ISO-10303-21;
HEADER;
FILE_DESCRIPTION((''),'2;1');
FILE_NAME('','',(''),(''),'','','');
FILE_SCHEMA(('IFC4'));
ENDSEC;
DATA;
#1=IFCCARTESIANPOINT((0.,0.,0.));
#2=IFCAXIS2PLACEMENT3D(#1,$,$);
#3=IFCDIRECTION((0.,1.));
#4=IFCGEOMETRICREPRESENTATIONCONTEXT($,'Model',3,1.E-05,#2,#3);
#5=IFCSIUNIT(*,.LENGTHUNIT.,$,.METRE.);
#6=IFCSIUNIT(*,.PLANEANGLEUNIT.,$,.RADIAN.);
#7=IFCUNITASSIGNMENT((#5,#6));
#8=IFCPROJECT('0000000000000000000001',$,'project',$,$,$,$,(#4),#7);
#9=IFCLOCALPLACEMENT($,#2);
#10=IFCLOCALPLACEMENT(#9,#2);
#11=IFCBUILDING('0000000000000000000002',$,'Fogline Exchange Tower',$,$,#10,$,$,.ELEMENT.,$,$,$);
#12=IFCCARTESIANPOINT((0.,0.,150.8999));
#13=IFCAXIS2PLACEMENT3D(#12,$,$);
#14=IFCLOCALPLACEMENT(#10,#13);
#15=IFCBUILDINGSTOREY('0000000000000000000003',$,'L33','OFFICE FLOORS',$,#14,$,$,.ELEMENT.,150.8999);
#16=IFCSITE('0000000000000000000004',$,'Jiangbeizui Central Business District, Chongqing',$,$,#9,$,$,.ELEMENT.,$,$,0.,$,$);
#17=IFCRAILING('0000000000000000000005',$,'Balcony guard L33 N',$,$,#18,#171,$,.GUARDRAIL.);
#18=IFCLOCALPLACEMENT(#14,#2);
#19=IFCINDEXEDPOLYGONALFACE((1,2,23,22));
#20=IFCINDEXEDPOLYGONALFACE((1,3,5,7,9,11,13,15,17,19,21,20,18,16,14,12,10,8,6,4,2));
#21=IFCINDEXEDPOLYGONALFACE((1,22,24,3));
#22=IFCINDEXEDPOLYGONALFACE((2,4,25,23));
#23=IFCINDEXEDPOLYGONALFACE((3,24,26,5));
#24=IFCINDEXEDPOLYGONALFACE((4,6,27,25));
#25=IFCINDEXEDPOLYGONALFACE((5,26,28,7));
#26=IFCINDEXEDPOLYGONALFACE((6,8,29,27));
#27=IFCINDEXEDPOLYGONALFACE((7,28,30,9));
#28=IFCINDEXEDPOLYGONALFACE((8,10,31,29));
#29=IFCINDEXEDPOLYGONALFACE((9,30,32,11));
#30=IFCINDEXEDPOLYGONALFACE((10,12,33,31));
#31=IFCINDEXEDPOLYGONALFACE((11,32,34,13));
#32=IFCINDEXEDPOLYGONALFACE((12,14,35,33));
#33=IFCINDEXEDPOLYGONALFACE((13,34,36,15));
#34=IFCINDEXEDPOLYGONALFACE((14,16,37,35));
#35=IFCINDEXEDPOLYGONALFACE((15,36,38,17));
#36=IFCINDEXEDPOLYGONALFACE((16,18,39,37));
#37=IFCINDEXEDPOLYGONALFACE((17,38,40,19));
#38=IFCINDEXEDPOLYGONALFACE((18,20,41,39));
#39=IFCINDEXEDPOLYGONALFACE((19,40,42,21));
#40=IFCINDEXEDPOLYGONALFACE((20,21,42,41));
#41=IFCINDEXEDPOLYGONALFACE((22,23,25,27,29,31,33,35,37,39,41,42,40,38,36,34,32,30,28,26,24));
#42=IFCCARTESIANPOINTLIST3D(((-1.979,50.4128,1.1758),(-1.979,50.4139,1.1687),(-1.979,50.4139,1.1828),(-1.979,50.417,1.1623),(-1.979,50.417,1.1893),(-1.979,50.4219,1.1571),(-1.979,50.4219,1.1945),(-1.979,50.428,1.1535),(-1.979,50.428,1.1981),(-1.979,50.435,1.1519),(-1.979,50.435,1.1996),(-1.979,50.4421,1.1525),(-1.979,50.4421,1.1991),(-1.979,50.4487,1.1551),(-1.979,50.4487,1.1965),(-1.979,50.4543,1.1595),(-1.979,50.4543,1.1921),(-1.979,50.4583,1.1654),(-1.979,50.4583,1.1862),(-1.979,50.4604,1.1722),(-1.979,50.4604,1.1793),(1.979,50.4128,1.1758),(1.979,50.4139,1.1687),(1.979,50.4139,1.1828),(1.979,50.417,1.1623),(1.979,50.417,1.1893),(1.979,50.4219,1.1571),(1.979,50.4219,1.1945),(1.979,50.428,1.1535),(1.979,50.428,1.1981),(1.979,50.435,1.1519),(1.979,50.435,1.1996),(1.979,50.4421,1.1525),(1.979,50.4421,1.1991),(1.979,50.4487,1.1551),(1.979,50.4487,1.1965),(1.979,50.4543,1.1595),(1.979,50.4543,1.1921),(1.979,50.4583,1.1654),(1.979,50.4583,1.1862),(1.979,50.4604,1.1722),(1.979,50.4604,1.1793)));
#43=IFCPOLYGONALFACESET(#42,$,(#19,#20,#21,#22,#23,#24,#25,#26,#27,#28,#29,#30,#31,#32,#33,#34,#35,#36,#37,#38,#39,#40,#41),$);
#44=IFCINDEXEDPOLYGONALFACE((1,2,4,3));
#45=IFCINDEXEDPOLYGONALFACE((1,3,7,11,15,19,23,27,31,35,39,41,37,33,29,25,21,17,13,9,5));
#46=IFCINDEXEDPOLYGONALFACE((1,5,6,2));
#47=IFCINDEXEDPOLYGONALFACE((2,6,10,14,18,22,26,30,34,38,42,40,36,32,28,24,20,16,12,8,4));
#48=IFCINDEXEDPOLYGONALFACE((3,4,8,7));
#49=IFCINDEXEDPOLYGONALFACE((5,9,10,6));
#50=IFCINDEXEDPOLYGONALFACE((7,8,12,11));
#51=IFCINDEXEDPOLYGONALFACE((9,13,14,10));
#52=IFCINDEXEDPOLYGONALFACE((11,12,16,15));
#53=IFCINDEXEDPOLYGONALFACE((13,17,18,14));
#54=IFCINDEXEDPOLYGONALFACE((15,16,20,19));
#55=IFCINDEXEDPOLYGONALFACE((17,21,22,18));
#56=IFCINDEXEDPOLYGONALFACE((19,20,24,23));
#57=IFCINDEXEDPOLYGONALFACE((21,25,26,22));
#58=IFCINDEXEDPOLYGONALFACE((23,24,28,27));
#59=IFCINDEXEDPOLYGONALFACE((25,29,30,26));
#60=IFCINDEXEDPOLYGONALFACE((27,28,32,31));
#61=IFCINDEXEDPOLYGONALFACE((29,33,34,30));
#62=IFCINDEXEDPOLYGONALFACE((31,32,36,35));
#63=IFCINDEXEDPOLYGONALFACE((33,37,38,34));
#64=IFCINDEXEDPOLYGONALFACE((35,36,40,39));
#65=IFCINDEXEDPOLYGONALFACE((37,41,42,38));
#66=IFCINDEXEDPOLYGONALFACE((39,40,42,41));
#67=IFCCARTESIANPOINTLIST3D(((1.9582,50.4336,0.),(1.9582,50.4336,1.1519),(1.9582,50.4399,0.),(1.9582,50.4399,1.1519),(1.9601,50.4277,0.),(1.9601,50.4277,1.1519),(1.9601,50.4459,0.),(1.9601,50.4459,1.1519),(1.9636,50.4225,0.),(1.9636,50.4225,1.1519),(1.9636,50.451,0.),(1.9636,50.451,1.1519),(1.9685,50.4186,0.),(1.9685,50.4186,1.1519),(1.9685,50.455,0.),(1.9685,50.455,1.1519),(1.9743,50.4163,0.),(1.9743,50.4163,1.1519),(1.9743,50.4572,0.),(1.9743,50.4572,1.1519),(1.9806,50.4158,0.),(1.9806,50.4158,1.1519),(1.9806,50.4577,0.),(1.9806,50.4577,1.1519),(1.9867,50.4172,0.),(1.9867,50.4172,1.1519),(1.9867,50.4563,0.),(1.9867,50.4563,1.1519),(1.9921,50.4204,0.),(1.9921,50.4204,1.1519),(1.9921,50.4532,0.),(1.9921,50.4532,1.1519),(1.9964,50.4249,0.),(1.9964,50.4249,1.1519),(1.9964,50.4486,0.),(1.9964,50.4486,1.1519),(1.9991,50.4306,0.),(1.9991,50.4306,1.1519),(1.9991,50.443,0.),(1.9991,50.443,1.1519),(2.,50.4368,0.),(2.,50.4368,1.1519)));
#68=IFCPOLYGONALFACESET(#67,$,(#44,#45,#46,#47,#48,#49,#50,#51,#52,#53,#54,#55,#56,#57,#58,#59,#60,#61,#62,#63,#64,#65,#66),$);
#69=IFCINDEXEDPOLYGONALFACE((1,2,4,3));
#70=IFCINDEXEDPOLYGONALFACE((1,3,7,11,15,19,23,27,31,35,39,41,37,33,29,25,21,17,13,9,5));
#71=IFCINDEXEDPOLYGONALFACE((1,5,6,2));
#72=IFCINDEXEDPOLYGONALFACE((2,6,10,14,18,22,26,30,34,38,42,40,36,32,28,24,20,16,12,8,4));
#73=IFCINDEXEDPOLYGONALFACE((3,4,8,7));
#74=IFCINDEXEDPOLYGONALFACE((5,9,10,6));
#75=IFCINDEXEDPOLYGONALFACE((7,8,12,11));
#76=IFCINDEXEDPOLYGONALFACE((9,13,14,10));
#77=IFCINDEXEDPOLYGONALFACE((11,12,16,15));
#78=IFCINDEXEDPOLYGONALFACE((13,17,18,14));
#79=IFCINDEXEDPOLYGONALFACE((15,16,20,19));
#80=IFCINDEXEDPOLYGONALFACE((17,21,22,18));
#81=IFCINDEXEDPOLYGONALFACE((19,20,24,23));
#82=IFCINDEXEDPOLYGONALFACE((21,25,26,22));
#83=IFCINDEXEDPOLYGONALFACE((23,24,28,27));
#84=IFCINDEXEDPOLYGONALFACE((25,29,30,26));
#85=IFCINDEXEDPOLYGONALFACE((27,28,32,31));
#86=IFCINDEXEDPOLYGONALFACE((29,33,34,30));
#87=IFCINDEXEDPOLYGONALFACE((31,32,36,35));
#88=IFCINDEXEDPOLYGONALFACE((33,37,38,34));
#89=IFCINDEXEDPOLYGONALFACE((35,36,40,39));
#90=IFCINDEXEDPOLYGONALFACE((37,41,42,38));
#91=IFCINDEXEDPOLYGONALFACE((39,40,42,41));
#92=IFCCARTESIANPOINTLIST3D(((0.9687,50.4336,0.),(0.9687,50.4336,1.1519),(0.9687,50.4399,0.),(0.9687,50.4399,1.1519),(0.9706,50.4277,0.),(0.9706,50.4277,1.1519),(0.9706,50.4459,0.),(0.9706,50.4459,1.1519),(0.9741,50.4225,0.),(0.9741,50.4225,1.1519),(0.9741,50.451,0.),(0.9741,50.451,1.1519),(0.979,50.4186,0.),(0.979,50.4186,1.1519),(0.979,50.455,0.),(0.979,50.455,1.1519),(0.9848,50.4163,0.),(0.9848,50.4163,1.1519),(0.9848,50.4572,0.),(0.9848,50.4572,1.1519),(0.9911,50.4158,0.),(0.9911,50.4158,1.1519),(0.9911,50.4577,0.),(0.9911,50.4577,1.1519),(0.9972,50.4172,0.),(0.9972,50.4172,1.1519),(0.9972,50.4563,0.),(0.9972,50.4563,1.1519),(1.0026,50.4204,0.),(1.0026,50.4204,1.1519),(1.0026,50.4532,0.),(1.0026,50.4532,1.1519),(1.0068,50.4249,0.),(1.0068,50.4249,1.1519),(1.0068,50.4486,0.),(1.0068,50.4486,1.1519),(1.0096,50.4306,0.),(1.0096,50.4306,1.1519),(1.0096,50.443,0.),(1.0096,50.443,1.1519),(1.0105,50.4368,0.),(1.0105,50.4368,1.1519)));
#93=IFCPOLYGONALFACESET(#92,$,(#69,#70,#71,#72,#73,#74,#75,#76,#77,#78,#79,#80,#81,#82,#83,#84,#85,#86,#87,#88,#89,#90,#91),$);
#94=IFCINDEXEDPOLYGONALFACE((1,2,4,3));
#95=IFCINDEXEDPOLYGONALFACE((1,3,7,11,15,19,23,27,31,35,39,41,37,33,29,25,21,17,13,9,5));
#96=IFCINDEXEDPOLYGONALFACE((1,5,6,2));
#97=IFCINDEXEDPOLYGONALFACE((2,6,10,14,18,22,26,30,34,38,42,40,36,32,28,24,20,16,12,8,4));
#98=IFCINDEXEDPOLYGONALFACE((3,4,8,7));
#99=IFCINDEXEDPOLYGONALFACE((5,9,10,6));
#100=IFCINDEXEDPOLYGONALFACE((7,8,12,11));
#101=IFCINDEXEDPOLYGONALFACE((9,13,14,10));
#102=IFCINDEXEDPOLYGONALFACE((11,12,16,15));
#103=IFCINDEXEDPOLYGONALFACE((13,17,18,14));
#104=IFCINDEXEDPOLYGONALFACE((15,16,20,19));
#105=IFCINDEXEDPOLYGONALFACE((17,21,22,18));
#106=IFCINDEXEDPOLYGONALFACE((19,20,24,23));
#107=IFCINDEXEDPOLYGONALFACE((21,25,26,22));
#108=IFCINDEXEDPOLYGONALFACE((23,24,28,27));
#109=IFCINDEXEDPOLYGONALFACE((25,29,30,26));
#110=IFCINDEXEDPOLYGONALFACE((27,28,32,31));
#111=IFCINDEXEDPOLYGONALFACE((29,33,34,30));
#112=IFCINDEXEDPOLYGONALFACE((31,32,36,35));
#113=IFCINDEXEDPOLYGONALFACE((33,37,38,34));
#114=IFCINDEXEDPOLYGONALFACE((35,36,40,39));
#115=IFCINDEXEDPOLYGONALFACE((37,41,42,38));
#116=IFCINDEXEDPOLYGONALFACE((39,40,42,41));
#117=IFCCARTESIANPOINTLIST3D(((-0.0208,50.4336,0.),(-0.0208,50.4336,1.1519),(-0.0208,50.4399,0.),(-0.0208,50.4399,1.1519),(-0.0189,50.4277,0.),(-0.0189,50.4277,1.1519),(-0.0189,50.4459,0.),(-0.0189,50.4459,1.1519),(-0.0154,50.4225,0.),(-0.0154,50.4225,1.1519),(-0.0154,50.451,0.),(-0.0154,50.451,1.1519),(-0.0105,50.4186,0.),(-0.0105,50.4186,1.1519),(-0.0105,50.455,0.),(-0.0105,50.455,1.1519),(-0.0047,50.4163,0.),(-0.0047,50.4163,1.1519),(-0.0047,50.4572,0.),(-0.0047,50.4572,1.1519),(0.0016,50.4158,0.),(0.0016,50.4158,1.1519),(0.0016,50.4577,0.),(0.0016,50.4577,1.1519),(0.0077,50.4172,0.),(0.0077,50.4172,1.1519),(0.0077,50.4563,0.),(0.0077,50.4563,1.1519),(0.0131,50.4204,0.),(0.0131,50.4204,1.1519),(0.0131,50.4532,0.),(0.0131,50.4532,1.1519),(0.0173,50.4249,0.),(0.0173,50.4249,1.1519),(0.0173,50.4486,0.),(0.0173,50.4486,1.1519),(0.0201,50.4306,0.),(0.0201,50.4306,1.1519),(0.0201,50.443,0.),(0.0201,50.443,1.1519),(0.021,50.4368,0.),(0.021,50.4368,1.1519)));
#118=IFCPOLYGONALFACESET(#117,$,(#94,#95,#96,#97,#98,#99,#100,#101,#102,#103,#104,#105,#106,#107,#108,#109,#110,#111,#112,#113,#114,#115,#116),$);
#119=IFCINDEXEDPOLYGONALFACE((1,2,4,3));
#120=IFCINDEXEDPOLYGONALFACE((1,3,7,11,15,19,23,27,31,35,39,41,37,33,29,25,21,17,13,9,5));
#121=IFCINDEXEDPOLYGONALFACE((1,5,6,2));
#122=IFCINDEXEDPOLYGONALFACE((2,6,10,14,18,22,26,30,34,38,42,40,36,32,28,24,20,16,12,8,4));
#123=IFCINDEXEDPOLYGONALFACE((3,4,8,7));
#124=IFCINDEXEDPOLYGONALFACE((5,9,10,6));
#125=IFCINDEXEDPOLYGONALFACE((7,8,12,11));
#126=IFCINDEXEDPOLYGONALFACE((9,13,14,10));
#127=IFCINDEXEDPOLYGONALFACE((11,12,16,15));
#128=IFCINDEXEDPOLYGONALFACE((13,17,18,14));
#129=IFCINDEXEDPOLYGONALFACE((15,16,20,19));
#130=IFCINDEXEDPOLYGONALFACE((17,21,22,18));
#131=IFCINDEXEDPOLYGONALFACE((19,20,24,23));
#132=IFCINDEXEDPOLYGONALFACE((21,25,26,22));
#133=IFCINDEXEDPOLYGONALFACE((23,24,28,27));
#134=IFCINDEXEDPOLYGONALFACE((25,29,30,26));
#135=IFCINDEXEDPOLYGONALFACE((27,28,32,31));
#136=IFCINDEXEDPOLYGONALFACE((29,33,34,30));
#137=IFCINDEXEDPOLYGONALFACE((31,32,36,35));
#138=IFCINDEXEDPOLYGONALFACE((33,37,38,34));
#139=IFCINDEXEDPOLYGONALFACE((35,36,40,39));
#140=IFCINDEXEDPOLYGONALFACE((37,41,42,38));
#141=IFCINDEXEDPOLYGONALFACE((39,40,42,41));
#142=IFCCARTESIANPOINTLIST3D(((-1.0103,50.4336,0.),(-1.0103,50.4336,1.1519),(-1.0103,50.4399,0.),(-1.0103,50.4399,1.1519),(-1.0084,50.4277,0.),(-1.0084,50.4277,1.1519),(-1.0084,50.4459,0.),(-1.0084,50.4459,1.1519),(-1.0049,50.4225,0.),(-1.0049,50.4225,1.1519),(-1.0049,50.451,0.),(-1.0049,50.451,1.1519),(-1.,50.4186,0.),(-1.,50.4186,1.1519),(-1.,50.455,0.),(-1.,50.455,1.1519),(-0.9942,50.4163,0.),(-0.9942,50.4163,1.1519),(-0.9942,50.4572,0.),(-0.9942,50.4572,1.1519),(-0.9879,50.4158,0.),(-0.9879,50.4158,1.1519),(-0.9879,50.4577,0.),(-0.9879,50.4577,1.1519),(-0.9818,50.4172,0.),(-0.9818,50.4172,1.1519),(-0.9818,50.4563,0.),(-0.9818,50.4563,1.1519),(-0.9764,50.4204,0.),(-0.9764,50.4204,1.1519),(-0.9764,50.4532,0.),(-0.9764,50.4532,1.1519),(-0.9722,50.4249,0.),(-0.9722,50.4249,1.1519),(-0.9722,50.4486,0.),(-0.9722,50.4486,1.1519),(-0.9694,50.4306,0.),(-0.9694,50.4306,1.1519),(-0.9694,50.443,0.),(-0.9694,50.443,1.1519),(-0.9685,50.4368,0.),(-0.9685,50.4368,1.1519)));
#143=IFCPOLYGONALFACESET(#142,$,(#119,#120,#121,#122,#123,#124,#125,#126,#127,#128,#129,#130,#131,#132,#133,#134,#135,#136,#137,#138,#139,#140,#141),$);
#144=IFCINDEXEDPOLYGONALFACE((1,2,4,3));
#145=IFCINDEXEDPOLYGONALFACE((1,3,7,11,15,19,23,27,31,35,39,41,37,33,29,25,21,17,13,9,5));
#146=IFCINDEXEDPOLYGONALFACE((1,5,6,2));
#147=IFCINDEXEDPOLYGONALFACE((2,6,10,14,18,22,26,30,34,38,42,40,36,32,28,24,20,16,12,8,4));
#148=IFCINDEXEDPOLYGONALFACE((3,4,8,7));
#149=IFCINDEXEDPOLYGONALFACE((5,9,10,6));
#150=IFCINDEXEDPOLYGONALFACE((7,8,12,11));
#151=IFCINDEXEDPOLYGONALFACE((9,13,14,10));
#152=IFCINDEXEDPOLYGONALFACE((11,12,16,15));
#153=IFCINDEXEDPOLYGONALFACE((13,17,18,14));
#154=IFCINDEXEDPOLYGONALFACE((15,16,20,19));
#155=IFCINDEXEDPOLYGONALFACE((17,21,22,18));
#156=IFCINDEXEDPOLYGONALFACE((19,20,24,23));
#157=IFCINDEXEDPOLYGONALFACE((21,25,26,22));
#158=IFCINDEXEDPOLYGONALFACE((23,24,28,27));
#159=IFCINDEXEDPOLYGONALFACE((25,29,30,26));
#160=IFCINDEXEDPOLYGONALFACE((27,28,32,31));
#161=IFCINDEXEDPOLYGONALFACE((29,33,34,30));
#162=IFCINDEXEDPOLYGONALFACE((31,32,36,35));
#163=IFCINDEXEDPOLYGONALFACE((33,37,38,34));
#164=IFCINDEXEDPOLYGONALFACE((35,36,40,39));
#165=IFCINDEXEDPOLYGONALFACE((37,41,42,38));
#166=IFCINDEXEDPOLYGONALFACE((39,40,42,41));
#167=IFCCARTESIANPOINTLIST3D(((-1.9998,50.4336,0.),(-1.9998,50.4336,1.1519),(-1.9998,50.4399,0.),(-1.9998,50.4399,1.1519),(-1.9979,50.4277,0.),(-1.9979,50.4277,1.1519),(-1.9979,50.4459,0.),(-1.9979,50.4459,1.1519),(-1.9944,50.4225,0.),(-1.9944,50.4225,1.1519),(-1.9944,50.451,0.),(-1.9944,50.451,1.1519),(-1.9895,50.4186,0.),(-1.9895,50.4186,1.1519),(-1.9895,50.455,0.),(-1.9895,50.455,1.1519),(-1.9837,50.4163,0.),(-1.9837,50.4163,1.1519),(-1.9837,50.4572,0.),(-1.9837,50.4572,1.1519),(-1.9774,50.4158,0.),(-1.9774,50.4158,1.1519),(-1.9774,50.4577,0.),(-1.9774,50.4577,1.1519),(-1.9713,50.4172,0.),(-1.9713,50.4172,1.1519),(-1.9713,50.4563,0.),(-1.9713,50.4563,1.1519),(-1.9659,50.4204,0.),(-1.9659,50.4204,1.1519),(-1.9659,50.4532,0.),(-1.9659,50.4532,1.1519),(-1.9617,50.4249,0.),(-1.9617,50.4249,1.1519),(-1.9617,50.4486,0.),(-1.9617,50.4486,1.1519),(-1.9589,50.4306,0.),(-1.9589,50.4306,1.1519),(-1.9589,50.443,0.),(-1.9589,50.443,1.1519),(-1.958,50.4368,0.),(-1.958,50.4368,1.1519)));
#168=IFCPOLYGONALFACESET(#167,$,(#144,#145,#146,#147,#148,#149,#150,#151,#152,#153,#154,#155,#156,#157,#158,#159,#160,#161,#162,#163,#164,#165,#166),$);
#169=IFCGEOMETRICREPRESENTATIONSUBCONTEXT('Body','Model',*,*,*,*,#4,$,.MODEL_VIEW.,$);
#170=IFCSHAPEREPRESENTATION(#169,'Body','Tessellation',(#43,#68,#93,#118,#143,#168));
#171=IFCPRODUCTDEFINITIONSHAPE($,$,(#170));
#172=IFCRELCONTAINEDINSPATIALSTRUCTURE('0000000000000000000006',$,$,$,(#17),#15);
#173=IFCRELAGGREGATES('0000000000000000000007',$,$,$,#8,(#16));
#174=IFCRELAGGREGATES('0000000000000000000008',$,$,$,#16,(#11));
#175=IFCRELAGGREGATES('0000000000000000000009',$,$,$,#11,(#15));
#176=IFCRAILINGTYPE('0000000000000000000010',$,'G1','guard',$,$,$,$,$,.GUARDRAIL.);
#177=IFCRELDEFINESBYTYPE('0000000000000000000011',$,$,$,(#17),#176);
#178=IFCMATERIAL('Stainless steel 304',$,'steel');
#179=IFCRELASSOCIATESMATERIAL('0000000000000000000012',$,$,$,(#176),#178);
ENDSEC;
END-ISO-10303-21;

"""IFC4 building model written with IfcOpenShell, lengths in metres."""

from ifc_helpers import new_model, si_unit, direction, frame, origin, origin_2d, place, context, subcontext, project, spatial, circle, extrude, material, type_object, element, save


model = new_model("IFC4")

# Units and contexts
model_context = context("Model", 3, precision=1e-05, world=origin(), true_north=direction((0.0, 1.0)))
body_context = subcontext(model_context, "Body", "Model", "MODEL_VIEW")
ifc_project = project(units=[si_unit("LENGTHUNIT", "METRE"), si_unit("PLANEANGLEUNIT", "RADIAN")], contexts=[model_context])

# Site, building, storey
site_placement = place(None, origin())
site = spatial("IfcSite", under=ifc_project, at=site_placement, Name="Jiangbeizui Central Business District, Chongqing", CompositionType="ELEMENT", RefElevation=0.0)
building_placement = place(site_placement, origin())
building = spatial("IfcBuilding", under=site, at=building_placement, Name="Fogline Exchange Tower", CompositionType="ELEMENT")
storey_placement = place(building_placement, frame((0.0, 0.0, 150.8999)))
storey = spatial("IfcBuildingStorey", under=building, at=storey_placement, Name="L33", Description="OFFICE FLOORS", CompositionType="ELEMENT", Elevation=150.8999)

# Railing
ifc_material_1 = material(Name="Stainless steel 304", Category="steel")
railing_type = type_object("IfcRailingType", Name="G1", Description="guard", PredefinedType="GUARDRAIL", material=ifc_material_1)
railing_placement = place(storey_placement, frame((1.979, 50.4368, 0.0)))
element("IfcRailing", 1, at=railing_placement, inside=storey, type_object=railing_type, Name="Balcony guard L33 N", PredefinedType="GUARDRAIL", context=body_context, shape_type="SweptSolid", body=[
    extrude(circle(Radius=0.0239, at=origin_2d()), frame((0.0, 0.0, 1.1758), z_axis=(-1.0, 0.0, 0.0), x_axis=(0.0, -1.0, 0.0)), (0.0, 0.0, 1.0), 3.958),
    extrude(circle(Radius=0.021, at=origin_2d()), origin(), (0.0, 0.0, 1.0), 1.1519),
    extrude(circle(Radius=0.021, at=origin_2d()), frame((-0.9895, 0.0, 0.0)), (0.0, 0.0, 1.0), 1.1519),
    extrude(circle(Radius=0.021, at=origin_2d()), frame((-1.979, 0.0, 0.0)), (0.0, 0.0, 1.0), 1.1519),
    extrude(circle(Radius=0.021, at=origin_2d()), frame((-2.9685, 0.0, 0.0)), (0.0, 0.0, 1.0), 1.1519),
    extrude(circle(Radius=0.021, at=origin_2d()), frame((-3.958, 0.0, 0.0)), (0.0, 0.0, 1.0), 1.1519),
])

save(model, "model.ifc")
